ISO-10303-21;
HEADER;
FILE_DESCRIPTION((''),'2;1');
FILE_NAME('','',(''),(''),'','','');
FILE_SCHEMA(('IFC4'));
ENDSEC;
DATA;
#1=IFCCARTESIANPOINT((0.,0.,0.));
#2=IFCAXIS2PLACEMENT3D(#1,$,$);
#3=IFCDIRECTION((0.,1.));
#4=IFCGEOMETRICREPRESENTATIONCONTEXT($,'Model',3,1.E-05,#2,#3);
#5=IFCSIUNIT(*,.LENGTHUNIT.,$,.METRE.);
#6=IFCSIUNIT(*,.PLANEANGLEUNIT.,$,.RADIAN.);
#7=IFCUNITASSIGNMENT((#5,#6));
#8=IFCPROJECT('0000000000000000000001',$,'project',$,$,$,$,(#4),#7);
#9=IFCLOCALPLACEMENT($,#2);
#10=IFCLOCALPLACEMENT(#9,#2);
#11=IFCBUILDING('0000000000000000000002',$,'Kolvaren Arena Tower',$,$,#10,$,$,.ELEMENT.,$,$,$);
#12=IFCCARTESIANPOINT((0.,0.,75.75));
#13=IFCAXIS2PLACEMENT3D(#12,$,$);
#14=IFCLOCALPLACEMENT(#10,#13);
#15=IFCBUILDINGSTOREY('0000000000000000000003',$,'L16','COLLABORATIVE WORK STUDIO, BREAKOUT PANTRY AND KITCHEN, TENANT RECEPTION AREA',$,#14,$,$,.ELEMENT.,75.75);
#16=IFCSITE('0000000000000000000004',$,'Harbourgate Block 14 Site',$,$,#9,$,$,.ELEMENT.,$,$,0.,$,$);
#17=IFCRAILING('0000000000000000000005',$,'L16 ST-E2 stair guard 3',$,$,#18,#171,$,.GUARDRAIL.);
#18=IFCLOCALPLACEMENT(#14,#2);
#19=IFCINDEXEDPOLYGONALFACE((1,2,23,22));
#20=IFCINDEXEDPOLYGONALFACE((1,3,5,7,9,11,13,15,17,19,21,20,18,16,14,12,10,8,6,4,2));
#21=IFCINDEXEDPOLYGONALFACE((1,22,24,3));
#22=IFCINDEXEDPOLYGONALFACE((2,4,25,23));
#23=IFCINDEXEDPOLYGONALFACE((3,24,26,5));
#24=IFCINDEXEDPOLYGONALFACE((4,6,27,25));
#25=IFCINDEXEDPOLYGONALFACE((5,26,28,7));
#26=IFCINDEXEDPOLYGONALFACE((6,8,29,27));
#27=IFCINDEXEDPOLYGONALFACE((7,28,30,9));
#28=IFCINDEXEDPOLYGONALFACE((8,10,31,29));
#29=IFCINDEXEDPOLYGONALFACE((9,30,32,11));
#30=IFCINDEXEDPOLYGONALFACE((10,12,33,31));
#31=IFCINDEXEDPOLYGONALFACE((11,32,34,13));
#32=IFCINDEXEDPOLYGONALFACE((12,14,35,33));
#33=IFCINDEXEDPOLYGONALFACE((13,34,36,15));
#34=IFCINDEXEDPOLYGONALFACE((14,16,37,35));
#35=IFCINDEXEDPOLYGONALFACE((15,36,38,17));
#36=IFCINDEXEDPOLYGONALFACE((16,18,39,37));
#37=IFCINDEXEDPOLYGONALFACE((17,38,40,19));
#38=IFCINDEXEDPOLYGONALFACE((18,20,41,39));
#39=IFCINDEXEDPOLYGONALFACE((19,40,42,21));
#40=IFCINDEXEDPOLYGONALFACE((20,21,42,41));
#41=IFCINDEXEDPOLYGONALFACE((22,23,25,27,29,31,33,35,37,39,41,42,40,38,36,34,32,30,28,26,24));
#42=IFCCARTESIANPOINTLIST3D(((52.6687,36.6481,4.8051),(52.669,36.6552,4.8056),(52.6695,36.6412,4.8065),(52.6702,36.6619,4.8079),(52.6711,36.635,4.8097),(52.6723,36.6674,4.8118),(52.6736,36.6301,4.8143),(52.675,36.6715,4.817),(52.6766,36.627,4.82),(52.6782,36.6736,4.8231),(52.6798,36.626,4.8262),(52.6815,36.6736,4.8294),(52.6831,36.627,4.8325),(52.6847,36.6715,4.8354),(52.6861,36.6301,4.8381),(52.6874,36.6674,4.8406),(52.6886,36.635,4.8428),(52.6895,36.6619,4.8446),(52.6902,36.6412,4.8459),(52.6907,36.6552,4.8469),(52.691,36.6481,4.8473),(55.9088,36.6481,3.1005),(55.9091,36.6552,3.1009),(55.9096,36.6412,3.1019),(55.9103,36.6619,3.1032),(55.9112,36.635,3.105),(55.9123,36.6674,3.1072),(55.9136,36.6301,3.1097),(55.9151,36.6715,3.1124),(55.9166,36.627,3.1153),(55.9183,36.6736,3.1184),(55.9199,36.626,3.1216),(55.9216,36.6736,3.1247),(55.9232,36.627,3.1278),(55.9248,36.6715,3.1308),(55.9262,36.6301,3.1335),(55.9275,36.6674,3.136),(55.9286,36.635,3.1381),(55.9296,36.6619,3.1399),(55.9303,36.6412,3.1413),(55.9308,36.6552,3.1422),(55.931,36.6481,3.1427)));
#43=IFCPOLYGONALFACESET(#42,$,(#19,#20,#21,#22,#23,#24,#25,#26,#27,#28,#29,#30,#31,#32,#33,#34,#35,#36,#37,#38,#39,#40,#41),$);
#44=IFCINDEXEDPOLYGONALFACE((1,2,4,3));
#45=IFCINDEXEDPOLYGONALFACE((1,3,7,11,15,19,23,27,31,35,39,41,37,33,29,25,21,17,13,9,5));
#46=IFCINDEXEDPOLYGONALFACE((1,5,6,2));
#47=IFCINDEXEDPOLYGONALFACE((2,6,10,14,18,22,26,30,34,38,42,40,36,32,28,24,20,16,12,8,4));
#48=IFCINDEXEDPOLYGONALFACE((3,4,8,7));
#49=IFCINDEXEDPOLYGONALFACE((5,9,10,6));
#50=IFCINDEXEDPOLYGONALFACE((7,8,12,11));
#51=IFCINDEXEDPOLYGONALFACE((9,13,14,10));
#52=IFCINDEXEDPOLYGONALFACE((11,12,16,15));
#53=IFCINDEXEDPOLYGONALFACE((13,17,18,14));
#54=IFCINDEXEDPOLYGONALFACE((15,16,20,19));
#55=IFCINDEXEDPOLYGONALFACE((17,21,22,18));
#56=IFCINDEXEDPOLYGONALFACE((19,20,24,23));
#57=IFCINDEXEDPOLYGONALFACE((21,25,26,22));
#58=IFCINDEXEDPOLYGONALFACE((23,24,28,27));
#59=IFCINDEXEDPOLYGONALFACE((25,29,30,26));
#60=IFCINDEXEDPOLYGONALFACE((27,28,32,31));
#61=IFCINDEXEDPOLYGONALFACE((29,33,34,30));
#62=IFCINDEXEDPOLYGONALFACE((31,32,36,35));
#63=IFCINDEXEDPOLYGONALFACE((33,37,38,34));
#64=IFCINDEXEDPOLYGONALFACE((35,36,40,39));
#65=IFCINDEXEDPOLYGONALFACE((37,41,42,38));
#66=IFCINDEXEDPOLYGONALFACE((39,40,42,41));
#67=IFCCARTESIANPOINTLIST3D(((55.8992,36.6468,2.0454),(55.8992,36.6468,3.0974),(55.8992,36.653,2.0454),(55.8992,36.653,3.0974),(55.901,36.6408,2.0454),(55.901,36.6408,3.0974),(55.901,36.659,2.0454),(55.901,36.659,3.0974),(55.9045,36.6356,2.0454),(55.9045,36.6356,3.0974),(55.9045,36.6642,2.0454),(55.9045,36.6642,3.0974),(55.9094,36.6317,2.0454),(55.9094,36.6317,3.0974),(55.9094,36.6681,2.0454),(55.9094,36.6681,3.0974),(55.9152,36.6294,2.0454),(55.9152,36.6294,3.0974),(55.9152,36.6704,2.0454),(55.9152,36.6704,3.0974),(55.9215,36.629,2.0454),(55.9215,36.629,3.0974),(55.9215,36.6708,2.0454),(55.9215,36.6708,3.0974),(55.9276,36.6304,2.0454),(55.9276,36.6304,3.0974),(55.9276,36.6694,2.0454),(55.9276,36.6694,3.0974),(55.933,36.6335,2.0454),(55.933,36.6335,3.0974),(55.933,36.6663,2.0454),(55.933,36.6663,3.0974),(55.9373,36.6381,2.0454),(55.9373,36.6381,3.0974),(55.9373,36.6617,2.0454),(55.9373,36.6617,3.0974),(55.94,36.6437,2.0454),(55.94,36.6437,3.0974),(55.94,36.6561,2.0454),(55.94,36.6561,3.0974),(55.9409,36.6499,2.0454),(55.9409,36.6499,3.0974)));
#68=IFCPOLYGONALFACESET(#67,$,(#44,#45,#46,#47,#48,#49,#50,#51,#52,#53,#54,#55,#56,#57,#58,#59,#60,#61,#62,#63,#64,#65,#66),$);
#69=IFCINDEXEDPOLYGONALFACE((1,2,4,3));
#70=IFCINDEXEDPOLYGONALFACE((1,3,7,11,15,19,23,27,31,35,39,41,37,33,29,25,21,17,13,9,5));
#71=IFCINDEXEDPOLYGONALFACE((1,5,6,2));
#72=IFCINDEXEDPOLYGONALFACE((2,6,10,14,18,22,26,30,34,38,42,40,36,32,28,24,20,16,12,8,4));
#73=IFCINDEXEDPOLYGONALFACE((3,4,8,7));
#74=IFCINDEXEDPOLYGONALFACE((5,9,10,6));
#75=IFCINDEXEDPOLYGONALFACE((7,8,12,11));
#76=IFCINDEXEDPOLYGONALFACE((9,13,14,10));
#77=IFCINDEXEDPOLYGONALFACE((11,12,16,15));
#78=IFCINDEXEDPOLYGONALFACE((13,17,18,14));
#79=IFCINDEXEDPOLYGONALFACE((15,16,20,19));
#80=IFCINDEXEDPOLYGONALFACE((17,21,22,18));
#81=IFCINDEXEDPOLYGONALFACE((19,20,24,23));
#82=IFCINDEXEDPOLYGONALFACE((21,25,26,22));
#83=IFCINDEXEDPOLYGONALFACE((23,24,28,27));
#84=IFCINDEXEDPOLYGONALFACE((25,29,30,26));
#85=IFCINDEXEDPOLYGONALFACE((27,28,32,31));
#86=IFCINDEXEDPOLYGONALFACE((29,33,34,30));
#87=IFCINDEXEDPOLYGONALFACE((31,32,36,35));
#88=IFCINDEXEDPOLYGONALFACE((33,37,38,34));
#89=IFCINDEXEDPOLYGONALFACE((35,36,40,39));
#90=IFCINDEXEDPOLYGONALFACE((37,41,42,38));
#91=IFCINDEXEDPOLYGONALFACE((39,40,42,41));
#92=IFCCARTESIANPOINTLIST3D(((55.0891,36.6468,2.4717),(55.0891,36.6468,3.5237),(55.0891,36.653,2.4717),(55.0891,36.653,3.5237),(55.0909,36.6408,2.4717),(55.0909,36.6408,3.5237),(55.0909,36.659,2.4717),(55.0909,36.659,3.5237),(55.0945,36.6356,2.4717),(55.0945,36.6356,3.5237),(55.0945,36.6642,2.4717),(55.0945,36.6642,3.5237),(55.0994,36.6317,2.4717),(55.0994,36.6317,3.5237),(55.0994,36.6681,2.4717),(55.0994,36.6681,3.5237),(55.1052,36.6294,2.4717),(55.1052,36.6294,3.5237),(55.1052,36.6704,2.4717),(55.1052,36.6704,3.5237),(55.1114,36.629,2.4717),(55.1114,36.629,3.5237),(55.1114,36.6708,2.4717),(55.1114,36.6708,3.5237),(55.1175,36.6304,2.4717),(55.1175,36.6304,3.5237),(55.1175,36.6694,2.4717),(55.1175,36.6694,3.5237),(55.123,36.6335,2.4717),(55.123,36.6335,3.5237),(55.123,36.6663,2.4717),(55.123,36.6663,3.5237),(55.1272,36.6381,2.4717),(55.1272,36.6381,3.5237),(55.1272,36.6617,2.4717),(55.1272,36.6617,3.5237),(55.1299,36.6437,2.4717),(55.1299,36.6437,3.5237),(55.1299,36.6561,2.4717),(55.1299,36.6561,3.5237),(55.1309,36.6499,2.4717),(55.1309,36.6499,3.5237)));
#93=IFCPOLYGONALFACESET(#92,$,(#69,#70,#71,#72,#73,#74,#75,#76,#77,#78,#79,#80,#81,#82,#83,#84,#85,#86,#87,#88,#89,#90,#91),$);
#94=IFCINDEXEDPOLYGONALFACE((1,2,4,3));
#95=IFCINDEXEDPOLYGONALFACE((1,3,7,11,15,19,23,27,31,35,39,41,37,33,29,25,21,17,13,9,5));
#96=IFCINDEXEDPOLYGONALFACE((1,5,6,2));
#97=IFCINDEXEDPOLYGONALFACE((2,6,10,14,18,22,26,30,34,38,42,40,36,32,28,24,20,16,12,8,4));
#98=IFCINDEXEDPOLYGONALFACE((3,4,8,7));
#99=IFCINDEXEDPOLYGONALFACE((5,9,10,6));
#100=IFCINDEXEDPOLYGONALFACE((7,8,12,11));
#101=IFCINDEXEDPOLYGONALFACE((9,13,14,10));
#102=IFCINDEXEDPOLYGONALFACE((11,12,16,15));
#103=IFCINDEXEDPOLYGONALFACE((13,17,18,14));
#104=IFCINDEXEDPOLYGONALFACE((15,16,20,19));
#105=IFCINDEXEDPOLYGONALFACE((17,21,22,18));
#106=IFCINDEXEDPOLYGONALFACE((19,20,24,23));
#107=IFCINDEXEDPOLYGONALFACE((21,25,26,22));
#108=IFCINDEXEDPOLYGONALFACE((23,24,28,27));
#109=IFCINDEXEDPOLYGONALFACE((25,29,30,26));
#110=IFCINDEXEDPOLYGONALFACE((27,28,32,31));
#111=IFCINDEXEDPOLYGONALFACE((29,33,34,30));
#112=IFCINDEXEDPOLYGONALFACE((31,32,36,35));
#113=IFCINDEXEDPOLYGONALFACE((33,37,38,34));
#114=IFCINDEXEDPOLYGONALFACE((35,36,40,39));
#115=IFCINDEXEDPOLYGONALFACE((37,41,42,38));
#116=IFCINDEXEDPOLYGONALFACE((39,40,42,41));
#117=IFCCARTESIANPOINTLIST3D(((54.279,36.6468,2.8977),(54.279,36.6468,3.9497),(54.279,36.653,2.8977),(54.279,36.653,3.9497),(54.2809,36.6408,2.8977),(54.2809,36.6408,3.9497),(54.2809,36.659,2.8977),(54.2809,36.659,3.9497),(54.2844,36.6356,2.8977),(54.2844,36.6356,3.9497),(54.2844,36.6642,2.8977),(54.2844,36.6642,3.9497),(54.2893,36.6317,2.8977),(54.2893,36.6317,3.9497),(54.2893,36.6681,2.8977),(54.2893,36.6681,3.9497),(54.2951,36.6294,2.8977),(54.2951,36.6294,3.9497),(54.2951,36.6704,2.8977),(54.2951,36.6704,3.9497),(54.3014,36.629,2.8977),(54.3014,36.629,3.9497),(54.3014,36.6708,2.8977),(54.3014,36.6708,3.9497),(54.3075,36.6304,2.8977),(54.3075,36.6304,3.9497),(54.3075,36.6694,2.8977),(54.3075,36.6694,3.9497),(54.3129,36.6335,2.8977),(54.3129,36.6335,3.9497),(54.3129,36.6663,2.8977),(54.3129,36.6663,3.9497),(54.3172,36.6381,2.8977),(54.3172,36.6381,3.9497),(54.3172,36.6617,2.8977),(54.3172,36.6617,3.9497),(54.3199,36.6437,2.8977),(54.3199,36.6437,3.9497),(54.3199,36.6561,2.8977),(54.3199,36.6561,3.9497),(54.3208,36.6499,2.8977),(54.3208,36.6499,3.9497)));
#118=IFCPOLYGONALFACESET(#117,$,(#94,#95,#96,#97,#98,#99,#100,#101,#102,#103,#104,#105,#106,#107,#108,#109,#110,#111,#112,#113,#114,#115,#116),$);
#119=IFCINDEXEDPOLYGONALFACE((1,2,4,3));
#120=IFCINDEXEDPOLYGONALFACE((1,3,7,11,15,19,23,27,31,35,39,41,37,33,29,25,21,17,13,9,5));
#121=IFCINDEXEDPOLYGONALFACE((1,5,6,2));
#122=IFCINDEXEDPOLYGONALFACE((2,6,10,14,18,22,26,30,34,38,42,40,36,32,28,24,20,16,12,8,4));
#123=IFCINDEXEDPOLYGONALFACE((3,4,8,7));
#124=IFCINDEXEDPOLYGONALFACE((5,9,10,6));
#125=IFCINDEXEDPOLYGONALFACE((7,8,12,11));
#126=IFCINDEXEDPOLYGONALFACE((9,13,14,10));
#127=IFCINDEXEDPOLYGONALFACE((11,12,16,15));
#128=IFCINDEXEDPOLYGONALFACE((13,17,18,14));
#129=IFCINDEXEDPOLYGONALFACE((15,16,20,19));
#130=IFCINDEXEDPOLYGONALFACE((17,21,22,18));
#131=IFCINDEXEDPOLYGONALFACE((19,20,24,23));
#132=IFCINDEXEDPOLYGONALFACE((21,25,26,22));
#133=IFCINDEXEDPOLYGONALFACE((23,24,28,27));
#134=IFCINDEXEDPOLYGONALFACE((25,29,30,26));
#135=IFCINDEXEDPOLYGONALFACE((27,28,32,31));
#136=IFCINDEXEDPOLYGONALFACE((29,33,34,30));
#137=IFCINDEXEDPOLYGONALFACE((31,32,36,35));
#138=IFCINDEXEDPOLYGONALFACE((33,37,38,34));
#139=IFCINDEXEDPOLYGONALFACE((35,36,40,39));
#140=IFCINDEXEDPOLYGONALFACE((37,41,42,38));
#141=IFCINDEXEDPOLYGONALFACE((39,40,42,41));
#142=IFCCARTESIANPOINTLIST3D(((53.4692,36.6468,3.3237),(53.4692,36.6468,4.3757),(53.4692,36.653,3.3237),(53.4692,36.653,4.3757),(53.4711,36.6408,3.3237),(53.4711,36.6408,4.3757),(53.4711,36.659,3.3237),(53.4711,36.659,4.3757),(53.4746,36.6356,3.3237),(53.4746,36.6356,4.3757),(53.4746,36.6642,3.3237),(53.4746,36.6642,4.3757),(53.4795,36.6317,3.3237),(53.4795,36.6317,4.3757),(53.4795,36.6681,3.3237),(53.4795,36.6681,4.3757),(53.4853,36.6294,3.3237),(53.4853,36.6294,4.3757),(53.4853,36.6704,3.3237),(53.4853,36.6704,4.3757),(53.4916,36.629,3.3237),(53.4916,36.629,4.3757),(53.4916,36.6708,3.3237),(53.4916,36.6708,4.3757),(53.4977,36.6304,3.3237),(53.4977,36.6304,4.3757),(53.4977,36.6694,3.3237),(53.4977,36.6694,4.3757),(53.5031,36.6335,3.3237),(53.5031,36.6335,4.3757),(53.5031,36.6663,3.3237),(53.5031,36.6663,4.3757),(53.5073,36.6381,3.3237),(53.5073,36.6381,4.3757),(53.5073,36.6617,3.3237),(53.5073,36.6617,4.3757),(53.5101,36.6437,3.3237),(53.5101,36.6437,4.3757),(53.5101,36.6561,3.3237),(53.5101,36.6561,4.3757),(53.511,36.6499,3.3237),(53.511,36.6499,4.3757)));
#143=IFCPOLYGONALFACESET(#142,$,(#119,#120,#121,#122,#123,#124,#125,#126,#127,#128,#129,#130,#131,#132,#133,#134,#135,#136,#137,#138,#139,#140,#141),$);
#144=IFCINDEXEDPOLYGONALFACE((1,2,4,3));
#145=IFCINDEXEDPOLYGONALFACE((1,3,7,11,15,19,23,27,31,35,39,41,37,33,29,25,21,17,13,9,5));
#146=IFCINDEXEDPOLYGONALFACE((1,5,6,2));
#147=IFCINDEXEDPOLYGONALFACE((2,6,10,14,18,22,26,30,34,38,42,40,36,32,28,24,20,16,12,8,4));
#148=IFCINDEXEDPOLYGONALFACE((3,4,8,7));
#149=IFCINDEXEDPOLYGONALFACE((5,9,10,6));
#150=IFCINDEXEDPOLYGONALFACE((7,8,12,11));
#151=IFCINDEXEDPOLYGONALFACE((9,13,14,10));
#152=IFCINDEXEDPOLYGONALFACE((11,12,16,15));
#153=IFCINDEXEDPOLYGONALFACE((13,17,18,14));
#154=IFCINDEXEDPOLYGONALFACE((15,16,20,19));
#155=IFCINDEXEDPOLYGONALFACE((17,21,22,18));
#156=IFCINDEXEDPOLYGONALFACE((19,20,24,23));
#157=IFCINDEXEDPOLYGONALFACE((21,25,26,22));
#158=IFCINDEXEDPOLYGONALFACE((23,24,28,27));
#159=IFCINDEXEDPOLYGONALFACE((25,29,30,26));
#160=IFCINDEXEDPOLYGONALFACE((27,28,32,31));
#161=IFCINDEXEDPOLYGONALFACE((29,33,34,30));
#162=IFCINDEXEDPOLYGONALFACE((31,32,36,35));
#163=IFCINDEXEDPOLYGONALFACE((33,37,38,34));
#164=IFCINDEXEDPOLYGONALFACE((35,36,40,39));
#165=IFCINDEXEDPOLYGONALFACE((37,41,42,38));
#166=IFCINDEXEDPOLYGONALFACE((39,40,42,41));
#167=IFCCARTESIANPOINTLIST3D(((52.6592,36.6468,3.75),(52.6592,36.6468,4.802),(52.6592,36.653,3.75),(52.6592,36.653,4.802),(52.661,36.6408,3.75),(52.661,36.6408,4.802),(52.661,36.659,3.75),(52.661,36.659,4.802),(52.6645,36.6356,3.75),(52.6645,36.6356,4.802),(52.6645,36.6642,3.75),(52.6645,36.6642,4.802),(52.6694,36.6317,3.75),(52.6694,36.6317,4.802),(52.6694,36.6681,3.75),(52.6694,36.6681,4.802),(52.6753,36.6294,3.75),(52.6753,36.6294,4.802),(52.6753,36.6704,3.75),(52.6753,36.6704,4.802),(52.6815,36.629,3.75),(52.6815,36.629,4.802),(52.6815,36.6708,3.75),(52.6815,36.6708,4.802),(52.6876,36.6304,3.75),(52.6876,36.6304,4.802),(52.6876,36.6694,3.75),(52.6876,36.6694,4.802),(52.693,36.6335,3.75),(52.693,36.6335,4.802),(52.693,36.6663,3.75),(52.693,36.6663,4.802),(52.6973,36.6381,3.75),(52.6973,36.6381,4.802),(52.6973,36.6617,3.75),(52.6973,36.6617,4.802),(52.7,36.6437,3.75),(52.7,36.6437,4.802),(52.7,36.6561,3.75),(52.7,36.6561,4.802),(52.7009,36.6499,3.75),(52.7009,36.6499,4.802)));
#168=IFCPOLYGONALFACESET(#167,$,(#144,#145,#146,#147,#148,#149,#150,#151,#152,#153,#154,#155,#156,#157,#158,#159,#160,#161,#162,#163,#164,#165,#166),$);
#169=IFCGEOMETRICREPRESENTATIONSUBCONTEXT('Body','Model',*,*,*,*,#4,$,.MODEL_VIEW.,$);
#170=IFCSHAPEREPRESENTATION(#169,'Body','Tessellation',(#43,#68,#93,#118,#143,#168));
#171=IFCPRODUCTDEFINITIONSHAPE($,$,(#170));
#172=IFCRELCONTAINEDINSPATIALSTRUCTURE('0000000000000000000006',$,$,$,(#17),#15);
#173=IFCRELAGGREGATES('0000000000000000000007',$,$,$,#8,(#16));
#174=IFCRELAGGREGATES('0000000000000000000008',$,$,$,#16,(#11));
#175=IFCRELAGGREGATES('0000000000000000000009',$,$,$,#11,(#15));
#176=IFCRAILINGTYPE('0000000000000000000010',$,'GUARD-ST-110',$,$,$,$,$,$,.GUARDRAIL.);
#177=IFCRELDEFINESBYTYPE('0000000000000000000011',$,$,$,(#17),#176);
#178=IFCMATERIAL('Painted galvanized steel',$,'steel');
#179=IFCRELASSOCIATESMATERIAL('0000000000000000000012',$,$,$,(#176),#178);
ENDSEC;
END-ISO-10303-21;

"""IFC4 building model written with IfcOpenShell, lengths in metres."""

from ifc_helpers import new_model, si_unit, direction, frame, origin, origin_2d, place, context, subcontext, project, spatial, circle, extrude, material, type_object, element, save


model = new_model("IFC4")

# Units and contexts
model_context = context("Model", 3, precision=1e-05, world=origin(), true_north=direction((0.0, 1.0)))
body_context = subcontext(model_context, "Body", "Model", "MODEL_VIEW")
ifc_project = project(units=[si_unit("LENGTHUNIT", "METRE"), si_unit("PLANEANGLEUNIT", "RADIAN")], contexts=[model_context])

# Site, building, storey
site_placement = place(None, origin())
site = spatial("IfcSite", under=ifc_project, at=site_placement, Name="Harbourgate Block 14 Site", CompositionType="ELEMENT", RefElevation=0.0)
building_placement = place(site_placement, origin())
building = spatial("IfcBuilding", under=site, at=building_placement, Name="Kolvaren Arena Tower", CompositionType="ELEMENT")
storey_placement = place(building_placement, frame((0.0, 0.0, 75.75)))
storey = spatial("IfcBuildingStorey", under=building, at=storey_placement, Name="L16", Description="COLLABORATIVE WORK STUDIO, BREAKOUT PANTRY AND KITCHEN, TENANT RECEPTION AREA", CompositionType="ELEMENT", Elevation=75.75)

# Railing
ifc_material_1 = material(Name="Painted galvanized steel", Category="steel")
railing_type = type_object("IfcRailingType", Name="GUARD-ST-110", PredefinedType="GUARDRAIL", material=ifc_material_1)
railing_1_placement = place(storey_placement, frame((55.9199, 36.6499, 2.0454)))
element("IfcRailing", 1, at=railing_1_placement, inside=storey, type_object=railing_type, Name="L16 ST-E2 stair guard 3", PredefinedType="GUARDRAIL", context=body_context, shape_type="SweptSolid", body=[
    extrude(circle(Radius=0.0239, at=origin_2d()), frame((0.0, 0.0, 1.0762), z_axis=(-0.884993, 0.0, 0.465604), x_axis=(0.0, -1.0, 0.0)), (0.0, 0.0, 1.0), 3.6611),
    extrude(circle(Radius=0.021, at=origin_2d()), origin(), (0.0, 0.0, 1.0), 1.052),
    extrude(circle(Radius=0.021, at=origin_2d()), frame((-0.8101, 0.0, 0.4263)), (0.0, 0.0, 1.0), 1.052),
    extrude(circle(Radius=0.021, at=origin_2d()), frame((-1.6201, 0.0, 0.8523)), (0.0, 0.0, 1.0), 1.052),
    extrude(circle(Radius=0.021, at=origin_2d()), frame((-2.4299, 0.0, 1.2783)), (0.0, 0.0, 1.0), 1.052),
    extrude(circle(Radius=0.021, at=origin_2d()), frame((-3.24, 0.0, 1.7046)), (0.0, 0.0, 1.0), 1.052),
])

save(model, "model.ifc")
